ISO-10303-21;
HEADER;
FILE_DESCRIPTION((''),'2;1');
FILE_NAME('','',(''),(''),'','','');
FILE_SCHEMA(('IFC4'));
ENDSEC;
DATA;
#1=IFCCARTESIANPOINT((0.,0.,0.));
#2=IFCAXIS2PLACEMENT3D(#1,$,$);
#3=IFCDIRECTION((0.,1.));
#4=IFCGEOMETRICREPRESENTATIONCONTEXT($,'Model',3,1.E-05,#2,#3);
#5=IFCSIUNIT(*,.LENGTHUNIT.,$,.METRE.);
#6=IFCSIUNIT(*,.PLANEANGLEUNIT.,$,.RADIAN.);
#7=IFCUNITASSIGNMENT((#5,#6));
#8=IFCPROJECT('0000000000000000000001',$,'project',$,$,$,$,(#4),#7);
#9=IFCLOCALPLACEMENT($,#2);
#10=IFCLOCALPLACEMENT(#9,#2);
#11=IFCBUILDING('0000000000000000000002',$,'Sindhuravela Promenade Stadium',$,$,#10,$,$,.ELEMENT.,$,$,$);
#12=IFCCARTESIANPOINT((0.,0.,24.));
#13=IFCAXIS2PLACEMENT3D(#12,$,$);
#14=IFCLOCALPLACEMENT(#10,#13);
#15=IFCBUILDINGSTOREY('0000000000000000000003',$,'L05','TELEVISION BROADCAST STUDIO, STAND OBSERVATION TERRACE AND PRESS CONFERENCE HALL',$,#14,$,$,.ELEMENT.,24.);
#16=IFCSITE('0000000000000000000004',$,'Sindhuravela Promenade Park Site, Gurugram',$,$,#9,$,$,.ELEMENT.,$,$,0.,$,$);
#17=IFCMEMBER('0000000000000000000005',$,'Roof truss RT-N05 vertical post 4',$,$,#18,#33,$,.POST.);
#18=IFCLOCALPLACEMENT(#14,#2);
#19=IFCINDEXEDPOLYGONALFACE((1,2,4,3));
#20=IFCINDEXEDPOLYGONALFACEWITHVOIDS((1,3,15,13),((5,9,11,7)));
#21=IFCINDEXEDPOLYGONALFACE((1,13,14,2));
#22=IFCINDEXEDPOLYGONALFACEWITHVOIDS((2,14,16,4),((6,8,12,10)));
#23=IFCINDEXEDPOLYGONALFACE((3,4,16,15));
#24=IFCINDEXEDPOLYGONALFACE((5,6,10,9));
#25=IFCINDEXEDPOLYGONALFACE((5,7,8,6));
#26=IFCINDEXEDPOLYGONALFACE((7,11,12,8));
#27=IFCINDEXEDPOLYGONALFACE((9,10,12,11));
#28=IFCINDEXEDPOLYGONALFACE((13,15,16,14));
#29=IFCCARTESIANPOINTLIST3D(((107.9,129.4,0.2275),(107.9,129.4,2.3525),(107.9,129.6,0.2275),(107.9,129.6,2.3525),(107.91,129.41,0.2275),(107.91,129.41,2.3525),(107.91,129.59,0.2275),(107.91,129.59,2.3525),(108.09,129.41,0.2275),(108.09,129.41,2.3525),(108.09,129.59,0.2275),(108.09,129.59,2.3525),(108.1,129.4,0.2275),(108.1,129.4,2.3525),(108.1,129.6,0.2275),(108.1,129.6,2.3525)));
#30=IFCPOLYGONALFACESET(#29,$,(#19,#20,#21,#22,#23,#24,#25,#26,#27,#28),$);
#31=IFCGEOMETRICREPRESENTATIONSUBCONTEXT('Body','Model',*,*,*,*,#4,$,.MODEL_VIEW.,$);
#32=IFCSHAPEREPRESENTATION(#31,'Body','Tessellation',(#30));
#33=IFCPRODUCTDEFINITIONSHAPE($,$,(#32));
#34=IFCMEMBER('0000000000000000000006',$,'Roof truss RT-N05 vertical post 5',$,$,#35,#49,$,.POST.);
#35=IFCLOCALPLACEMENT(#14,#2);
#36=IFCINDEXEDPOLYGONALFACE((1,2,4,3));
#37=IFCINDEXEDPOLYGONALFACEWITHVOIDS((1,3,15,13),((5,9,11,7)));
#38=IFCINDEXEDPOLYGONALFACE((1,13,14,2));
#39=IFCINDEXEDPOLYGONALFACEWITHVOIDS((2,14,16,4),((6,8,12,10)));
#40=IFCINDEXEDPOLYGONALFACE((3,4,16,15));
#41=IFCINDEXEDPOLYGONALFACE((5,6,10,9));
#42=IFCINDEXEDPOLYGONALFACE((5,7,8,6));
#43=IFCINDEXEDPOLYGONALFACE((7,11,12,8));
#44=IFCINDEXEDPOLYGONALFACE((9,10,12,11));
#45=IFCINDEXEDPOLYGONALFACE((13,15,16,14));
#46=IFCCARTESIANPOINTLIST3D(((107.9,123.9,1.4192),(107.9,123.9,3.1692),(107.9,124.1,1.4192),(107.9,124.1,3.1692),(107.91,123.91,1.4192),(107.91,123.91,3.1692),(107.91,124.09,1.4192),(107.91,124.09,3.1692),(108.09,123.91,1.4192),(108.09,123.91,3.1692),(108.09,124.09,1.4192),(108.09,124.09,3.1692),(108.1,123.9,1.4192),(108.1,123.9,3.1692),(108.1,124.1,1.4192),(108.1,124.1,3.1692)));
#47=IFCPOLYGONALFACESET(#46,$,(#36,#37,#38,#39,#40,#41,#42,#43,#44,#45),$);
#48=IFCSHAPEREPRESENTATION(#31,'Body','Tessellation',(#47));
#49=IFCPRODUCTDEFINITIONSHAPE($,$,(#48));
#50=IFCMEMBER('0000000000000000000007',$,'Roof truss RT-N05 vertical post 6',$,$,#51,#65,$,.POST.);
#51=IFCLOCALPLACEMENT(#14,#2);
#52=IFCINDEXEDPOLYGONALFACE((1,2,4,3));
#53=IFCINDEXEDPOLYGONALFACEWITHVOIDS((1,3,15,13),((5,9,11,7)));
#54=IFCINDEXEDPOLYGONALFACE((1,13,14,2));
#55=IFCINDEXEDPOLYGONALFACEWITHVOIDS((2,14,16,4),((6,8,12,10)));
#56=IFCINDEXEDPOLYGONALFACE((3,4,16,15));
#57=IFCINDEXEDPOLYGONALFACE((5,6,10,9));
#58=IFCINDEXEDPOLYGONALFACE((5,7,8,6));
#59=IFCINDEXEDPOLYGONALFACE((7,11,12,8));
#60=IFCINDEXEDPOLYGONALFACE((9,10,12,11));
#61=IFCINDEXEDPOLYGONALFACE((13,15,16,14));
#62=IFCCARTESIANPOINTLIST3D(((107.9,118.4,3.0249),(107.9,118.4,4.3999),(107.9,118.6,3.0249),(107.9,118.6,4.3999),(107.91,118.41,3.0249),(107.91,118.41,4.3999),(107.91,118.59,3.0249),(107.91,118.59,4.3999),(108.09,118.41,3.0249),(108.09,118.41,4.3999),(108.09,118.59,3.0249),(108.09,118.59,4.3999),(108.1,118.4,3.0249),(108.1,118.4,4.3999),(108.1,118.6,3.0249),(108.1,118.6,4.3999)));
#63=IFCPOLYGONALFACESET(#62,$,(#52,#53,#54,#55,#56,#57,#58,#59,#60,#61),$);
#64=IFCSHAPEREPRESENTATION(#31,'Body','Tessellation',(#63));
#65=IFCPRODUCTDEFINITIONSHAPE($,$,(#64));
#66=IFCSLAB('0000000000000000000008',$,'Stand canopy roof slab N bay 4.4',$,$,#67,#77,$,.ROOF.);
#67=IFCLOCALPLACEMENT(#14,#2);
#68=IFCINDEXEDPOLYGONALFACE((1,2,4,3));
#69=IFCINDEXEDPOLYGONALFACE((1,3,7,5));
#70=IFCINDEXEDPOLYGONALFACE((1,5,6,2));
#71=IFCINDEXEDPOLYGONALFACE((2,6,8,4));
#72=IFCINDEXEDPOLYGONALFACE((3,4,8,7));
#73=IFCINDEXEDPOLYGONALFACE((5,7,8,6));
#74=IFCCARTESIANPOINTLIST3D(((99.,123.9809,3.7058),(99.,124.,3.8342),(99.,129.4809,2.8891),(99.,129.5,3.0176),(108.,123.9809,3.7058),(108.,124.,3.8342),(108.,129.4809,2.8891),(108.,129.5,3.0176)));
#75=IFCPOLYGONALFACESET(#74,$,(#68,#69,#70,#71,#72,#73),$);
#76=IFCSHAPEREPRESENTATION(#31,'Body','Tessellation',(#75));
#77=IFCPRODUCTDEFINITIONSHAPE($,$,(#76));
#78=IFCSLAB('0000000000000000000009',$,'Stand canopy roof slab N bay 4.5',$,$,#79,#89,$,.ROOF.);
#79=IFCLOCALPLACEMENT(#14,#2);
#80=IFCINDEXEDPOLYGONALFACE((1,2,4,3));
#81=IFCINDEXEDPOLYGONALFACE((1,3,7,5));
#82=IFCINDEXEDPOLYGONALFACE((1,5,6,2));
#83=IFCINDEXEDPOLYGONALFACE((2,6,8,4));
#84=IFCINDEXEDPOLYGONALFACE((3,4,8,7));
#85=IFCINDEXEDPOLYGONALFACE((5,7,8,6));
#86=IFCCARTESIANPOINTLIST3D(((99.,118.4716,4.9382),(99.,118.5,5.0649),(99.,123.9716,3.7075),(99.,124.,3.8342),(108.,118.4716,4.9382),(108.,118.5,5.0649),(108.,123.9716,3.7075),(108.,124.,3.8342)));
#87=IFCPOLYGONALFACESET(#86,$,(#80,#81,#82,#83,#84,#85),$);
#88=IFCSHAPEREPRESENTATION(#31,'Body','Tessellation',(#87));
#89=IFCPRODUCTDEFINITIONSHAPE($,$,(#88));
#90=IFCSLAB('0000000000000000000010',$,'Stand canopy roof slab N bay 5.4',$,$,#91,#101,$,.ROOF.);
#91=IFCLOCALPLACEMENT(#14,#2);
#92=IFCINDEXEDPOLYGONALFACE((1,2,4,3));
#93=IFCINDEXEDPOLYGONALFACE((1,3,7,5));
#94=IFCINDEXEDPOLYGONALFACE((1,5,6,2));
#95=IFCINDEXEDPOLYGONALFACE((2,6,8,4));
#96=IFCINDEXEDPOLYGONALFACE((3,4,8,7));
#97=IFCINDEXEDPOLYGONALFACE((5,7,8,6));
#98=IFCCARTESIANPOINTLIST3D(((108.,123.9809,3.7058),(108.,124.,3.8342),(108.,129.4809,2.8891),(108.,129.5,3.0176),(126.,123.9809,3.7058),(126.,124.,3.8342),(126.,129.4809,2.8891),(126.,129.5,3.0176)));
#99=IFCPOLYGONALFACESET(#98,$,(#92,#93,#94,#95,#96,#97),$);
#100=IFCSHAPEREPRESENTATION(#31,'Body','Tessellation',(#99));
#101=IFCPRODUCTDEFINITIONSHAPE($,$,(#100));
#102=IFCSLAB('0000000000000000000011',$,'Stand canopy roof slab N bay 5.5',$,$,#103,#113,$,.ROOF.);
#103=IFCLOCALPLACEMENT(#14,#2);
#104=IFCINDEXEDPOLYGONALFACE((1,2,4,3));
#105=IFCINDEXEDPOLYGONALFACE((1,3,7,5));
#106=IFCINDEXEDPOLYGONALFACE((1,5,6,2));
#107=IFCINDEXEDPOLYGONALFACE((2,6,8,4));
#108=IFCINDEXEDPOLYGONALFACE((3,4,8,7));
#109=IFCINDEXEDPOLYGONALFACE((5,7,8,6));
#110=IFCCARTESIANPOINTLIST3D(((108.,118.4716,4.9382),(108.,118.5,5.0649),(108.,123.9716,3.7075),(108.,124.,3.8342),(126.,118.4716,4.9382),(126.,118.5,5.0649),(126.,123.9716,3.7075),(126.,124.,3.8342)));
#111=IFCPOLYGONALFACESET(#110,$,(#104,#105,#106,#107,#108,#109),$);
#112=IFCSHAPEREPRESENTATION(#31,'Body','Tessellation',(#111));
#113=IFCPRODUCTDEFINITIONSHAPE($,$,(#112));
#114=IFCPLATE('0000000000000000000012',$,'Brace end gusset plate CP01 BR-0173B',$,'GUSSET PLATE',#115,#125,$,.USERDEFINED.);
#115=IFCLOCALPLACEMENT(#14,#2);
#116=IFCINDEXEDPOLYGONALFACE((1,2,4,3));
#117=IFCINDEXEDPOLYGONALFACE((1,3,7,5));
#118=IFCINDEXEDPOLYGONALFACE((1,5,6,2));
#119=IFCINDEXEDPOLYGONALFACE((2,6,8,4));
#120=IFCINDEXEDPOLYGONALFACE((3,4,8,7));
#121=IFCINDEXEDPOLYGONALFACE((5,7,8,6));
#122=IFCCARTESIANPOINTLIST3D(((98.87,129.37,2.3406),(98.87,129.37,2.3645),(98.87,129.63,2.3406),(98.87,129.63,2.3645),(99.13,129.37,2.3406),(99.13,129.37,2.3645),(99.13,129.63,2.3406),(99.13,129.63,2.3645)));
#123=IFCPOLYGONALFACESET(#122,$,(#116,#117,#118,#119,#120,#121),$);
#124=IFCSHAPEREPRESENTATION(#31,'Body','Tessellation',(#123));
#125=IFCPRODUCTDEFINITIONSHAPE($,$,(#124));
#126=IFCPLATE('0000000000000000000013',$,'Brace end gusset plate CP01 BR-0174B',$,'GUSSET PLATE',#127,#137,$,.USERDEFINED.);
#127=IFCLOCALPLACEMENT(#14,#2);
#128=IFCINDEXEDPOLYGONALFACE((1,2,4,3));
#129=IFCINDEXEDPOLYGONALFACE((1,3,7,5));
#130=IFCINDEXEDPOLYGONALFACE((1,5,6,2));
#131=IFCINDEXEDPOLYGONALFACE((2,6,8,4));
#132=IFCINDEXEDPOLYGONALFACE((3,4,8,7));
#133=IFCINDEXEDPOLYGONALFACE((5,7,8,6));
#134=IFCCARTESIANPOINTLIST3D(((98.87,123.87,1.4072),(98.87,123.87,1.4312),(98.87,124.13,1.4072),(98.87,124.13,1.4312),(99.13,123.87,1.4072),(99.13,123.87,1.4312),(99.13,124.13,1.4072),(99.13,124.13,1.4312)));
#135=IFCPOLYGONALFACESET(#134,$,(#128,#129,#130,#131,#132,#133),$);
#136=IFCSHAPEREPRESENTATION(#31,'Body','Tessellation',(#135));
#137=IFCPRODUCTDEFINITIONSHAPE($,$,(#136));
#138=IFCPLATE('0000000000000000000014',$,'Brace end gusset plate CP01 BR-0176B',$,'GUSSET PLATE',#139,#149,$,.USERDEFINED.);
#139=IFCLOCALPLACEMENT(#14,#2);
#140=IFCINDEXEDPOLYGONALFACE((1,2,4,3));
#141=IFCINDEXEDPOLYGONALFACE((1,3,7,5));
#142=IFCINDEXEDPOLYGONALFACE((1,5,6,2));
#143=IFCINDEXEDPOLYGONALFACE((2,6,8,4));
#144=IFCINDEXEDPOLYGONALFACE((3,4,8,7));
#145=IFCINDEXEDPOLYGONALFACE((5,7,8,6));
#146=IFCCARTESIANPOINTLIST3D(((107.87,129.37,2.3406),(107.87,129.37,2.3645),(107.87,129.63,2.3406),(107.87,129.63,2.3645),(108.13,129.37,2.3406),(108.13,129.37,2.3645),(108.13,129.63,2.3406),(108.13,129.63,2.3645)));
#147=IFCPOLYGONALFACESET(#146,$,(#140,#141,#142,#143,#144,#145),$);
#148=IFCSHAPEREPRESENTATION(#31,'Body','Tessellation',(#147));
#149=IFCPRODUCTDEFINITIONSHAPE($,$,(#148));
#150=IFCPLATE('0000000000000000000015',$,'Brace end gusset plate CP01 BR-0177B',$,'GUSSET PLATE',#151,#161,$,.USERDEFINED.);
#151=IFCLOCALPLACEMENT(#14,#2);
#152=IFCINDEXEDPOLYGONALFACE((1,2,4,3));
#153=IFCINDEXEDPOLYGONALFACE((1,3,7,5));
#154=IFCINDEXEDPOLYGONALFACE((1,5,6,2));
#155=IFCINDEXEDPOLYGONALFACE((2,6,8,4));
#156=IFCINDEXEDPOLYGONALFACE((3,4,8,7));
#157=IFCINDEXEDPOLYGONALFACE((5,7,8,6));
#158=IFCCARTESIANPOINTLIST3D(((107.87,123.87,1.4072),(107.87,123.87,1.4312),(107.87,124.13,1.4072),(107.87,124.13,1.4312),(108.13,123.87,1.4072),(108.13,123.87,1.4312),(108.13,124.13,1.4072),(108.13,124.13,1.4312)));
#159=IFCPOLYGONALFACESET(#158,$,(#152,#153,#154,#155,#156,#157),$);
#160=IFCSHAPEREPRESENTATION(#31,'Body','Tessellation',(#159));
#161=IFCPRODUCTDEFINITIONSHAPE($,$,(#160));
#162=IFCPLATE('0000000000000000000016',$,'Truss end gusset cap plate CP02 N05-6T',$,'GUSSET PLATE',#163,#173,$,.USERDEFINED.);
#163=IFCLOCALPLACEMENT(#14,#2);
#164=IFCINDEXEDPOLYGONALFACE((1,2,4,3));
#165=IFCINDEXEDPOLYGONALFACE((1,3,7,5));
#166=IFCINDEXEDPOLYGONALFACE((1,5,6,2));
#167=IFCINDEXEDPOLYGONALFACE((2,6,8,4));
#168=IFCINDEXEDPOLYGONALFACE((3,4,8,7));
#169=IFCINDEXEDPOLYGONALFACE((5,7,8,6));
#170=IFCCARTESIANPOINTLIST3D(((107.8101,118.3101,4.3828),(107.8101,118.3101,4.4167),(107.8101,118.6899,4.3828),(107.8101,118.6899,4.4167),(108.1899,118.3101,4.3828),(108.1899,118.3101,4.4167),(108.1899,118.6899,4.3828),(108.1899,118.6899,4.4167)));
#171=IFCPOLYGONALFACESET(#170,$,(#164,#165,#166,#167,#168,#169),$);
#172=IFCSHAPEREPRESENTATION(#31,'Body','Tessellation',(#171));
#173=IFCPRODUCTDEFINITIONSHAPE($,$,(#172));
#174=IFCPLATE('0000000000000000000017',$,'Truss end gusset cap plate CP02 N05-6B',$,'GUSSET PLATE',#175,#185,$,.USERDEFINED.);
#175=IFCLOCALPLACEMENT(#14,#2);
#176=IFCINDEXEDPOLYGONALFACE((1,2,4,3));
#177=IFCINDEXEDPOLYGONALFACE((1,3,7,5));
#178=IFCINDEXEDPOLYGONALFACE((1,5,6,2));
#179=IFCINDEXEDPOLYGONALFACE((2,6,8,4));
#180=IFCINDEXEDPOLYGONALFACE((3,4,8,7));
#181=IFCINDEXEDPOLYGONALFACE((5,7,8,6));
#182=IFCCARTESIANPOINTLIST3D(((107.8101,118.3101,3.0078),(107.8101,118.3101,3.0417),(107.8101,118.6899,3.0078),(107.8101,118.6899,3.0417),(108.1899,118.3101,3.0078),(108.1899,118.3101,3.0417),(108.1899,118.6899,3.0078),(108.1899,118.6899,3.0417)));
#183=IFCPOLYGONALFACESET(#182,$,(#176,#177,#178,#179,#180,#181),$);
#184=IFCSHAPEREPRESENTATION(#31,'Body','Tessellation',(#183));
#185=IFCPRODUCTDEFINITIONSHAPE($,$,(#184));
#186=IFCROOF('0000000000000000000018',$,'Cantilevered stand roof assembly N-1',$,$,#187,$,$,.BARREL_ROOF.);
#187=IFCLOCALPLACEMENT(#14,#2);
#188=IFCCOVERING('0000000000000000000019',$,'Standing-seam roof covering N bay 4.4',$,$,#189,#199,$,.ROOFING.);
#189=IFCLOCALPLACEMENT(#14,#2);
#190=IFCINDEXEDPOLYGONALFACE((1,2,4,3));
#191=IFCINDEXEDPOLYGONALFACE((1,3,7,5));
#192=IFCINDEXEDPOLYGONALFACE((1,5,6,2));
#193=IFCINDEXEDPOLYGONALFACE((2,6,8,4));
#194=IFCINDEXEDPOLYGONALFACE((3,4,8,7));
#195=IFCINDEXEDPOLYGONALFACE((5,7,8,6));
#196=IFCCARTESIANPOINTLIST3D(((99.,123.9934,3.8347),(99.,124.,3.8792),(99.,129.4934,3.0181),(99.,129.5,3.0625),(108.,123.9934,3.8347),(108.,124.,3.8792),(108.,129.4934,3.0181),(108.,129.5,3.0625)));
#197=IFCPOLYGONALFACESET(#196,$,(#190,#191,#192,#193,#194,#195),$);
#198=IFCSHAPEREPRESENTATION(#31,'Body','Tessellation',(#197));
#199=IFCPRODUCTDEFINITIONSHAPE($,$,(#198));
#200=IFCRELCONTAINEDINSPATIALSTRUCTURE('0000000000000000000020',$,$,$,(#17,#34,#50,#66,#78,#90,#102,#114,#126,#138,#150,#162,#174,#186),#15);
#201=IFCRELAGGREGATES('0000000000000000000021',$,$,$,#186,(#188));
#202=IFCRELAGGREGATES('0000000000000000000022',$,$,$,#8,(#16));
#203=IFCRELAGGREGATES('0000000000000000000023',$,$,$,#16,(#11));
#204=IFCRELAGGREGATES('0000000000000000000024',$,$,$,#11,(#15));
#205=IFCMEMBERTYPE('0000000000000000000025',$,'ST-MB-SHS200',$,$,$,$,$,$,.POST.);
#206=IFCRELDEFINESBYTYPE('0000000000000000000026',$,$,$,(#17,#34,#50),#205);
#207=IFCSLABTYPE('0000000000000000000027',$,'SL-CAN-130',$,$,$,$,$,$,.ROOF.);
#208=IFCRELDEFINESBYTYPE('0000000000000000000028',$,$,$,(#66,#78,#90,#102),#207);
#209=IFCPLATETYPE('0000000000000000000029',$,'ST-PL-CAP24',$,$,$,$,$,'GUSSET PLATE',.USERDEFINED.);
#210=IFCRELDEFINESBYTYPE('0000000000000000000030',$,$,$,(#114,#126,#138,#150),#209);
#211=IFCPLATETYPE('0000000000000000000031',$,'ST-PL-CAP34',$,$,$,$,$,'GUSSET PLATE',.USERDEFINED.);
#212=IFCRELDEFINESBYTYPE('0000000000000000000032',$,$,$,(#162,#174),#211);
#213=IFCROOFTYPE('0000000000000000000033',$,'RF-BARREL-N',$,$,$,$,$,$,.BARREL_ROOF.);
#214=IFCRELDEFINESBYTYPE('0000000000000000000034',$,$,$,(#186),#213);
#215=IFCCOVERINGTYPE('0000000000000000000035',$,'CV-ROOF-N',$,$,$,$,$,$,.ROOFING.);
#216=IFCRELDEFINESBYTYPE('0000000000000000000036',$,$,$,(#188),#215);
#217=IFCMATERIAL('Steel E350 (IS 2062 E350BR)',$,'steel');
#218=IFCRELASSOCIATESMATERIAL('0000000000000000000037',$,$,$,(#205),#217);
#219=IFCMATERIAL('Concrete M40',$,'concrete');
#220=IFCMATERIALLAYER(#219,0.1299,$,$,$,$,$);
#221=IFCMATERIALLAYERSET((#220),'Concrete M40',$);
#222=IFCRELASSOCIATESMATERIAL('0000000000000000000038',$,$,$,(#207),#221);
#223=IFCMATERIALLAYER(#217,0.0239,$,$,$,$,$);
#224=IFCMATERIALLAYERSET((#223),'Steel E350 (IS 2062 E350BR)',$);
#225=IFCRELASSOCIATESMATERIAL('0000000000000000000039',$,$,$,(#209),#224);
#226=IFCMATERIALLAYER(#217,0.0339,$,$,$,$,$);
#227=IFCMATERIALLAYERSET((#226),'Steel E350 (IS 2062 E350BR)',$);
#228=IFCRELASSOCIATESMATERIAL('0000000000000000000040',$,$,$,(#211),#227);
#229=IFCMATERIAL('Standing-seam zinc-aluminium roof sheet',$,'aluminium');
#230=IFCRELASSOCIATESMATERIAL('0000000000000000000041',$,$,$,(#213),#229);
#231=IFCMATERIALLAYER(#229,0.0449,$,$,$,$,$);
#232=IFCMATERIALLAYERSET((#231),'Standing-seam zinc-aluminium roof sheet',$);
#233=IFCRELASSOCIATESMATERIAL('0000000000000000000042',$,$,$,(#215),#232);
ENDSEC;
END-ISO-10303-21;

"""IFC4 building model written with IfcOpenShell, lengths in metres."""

from ifc_helpers import new_model, si_unit, direction, frame, origin, origin_2d, place, context, subcontext, project, spatial, polyline, rectangle, hollow_rectangle, outline, extrude, material, layer, layer_set, material_profile, profile_set, type_object, element, aggregate, save


model = new_model("IFC4")

# Units and contexts
model_context = context("Model", 3, precision=1e-05, world=origin(), true_north=direction((0.0, 1.0)))
body_context = subcontext(model_context, "Body", "Model", "MODEL_VIEW")
ifc_project = project(units=[si_unit("LENGTHUNIT", "METRE"), si_unit("PLANEANGLEUNIT", "RADIAN")], contexts=[model_context])

# Site, building, storey
site_placement = place(None, origin())
site = spatial("IfcSite", under=ifc_project, at=site_placement, Name="Sindhuravela Promenade Park Site, Gurugram", CompositionType="ELEMENT", RefElevation=0.0)
building_placement = place(site_placement, origin())
building = spatial("IfcBuilding", under=site, at=building_placement, Name="Sindhuravela Promenade Stadium", CompositionType="ELEMENT")
storey_placement = place(building_placement, frame((0.0, 0.0, 24.0)))
storey = spatial("IfcBuildingStorey", under=building, at=storey_placement, Name="L05", Description="TELEVISION BROADCAST STUDIO, STAND OBSERVATION TERRACE AND PRESS CONFERENCE HALL", CompositionType="ELEMENT", Elevation=24.0)

# Shared definitions
ifc_material_1 = material(Name="Steel E350 (IS 2062 E350BR)", Category="steel")

# Members
ifc_material_profile_1 = material_profile(ifc_material_1, hollow_rectangle(XDim=0.2, YDim=0.2, WallThickness=0.01, at=origin_2d()), Name="SHS 200x200x10")
ifc_profile_set_1 = profile_set([ifc_material_profile_1], Name="Steel E350 (IS 2062 E350BR)")
member_type_1 = type_object("IfcMemberType", Name="ST-MB-SHS200", PredefinedType="POST", material=ifc_profile_set_1)
for number, where, z_axis, x_axis, name in (
    (1, (108.0, 129.5, 0.2275), (0.0, 0.0, 1.0), (1.0, 0.0, 0.0), "Roof truss RT-N05 vertical post 4"),
):
    element("IfcMember", number, at=place(storey_placement, frame(where, z_axis=z_axis, x_axis=x_axis)), inside=storey, type_object=member_type_1, Name=name, PredefinedType="POST", context=body_context, shape_type="SweptSolid", body=[
        extrude(hollow_rectangle(XDim=0.2, YDim=0.2, WallThickness=0.01, at=origin_2d()), origin(), (0.0, 0.0, 1.0), 2.125),
    ])
member_1_placement = place(storey_placement, frame((108.0, 124.0, 1.4192), z_axis=(0.0, 0.0, 1.0), x_axis=(1.0, 0.0, 0.0)))
element("IfcMember", 2, at=member_1_placement, inside=storey, type_object=member_type_1, Name="Roof truss RT-N05 vertical post 5", PredefinedType="POST", context=body_context, shape_type="SweptSolid", body=[
    extrude(hollow_rectangle(XDim=0.2, YDim=0.2, WallThickness=0.01, at=origin_2d()), origin(), (0.0, 0.0, 1.0), 1.75),
])
member_2_placement = place(storey_placement, frame((108.0, 118.5, 3.0249), z_axis=(0.0, 0.0, 1.0), x_axis=(1.0, 0.0, 0.0)))
element("IfcMember", 3, at=member_2_placement, inside=storey, type_object=member_type_1, Name="Roof truss RT-N05 vertical post 6", PredefinedType="POST", context=body_context, shape_type="SweptSolid", body=[
    extrude(hollow_rectangle(XDim=0.2, YDim=0.2, WallThickness=0.01, at=origin_2d()), origin(), (0.0, 0.0, 1.0), 1.375),
])

# Slabs
ifc_material_2 = material(Name="Concrete M40", Category="concrete")
ifc_layer_1 = layer(ifc_material_2, 0.1299)
ifc_layer_set_1 = layer_set([ifc_layer_1], Name="Concrete M40")
slab_type = type_object("IfcSlabType", Name="SL-CAN-130", PredefinedType="ROOF", material=ifc_layer_set_1)
slab_1_placement = place(storey_placement, frame((99.0, 129.5, 3.0176), z_axis=(0.0, 0.146872, 0.989156), x_axis=(1.0, 0.0, 0.0)))
element("IfcSlab", 4, at=slab_1_placement, inside=storey, type_object=slab_type, Name="Stand canopy roof slab N bay 4.4", PredefinedType="ROOF", context=body_context, shape_type="SweptSolid", body=[
    extrude(outline(polyline([(0.0, 0.0), (0.0, -5.5603), (9.0, -5.5603), (9.0, 0.0), (0.0, 0.0)])), origin(), (0.0, 0.0, -1.0), 0.1299),
])
slab_2_placement = place(storey_placement, frame((99.0, 124.0, 3.8342), z_axis=(0.0, 0.218366, 0.975867), x_axis=(1.0, 0.0, 0.0)))
element("IfcSlab", 5, at=slab_2_placement, inside=storey, type_object=slab_type, Name="Stand canopy roof slab N bay 4.5", PredefinedType="ROOF", context=body_context, shape_type="SweptSolid", body=[
    extrude(outline(polyline([(0.0, 0.0), (0.0, -5.636), (9.0, -5.636), (9.0, 0.0), (0.0, 0.0)])), origin(), (0.0, 0.0, -1.0), 0.1299),
])
slab_3_placement = place(storey_placement, frame((108.0, 129.5, 3.0176), z_axis=(0.0, 0.146872, 0.989156), x_axis=(1.0, 0.0, 0.0)))
element("IfcSlab", 6, at=slab_3_placement, inside=storey, type_object=slab_type, Name="Stand canopy roof slab N bay 5.4", PredefinedType="ROOF", context=body_context, shape_type="SweptSolid", body=[
    extrude(outline(polyline([(0.0, 0.0), (0.0, -5.5603), (18.0, -5.5603), (18.0, 0.0), (0.0, 0.0)])), origin(), (0.0, 0.0, -1.0), 0.1299),
])
slab_4_placement = place(storey_placement, frame((108.0, 124.0, 3.8342), z_axis=(0.0, 0.218366, 0.975867), x_axis=(1.0, 0.0, 0.0)))
element("IfcSlab", 7, at=slab_4_placement, inside=storey, type_object=slab_type, Name="Stand canopy roof slab N bay 5.5", PredefinedType="ROOF", context=body_context, shape_type="SweptSolid", body=[
    extrude(outline(polyline([(0.0, 0.0), (0.0, -5.636), (18.0, -5.636), (18.0, 0.0), (0.0, 0.0)])), origin(), (0.0, 0.0, -1.0), 0.1299),
])

# Plates
ifc_layer_2 = layer(ifc_material_1, 0.0239)
ifc_layer_set_2 = layer_set([ifc_layer_2], Name="Steel E350 (IS 2062 E350BR)")
plate_type_1 = type_object("IfcPlateType", Name="ST-PL-CAP24", ElementType="GUSSET PLATE", PredefinedType="USERDEFINED", material=ifc_layer_set_2)
for number, where, z_axis, x_axis, name in (
    (8, (99.0, 129.5, 2.3406), (0.0, 0.0, 1.0), (1.0, 0.0, 0.0), "Brace end gusset plate CP01 BR-0173B"),
    (9, (99.0, 124.0, 1.4072), (0.0, 0.0, 1.0), (1.0, 0.0, 0.0), "Brace end gusset plate CP01 BR-0174B"),
    (10, (108.0, 129.5, 2.3406), (0.0, 0.0, 1.0), (1.0, 0.0, 0.0), "Brace end gusset plate CP01 BR-0176B"),
    (11, (108.0, 124.0, 1.4072), (0.0, 0.0, 1.0), (1.0, 0.0, 0.0), "Brace end gusset plate CP01 BR-0177B"),
):
    element("IfcPlate", number, at=place(storey_placement, frame(where, z_axis=z_axis, x_axis=x_axis)), inside=storey, type_object=plate_type_1, Name=name, ObjectType="GUSSET PLATE", PredefinedType="USERDEFINED", context=body_context, shape_type="SweptSolid", body=[
        extrude(rectangle(XDim=0.26, YDim=0.26, at=origin_2d()), origin(), (0.0, 0.0, 1.0), 0.0239),
    ])
ifc_layer_3 = layer(ifc_material_1, 0.0339)
ifc_layer_set_3 = layer_set([ifc_layer_3], Name="Steel E350 (IS 2062 E350BR)")
plate_type_2 = type_object("IfcPlateType", Name="ST-PL-CAP34", ElementType="GUSSET PLATE", PredefinedType="USERDEFINED", material=ifc_layer_set_3)
for number, where, z_axis, x_axis, name in (
    (12, (108.0, 118.5, 4.3828), (0.0, 0.0, 1.0), (1.0, 0.0, 0.0), "Truss end gusset cap plate CP02 N05-6T"),
    (13, (108.0, 118.5, 3.0078), (0.0, 0.0, 1.0), (1.0, 0.0, 0.0), "Truss end gusset cap plate CP02 N05-6B"),
):
    element("IfcPlate", number, at=place(storey_placement, frame(where, z_axis=z_axis, x_axis=x_axis)), inside=storey, type_object=plate_type_2, Name=name, ObjectType="GUSSET PLATE", PredefinedType="USERDEFINED", context=body_context, shape_type="SweptSolid", body=[
        extrude(rectangle(XDim=0.3799, YDim=0.3799, at=origin_2d()), origin(), (0.0, 0.0, 1.0), 0.0339),
    ])

# Roof, covering
ifc_material_3 = material(Name="Standing-seam zinc-aluminium roof sheet", Category="aluminium")
roof_type = type_object("IfcRoofType", Name="RF-BARREL-N", PredefinedType="BARREL_ROOF", material=ifc_material_3)
roof_1_placement = place(storey_placement, origin())
roof_1 = element("IfcRoof", 14, at=roof_1_placement, inside=storey, type_object=roof_type, Name="Cantilevered stand roof assembly N-1", PredefinedType="BARREL_ROOF")
ifc_layer_4 = layer(ifc_material_3, 0.0449)
ifc_layer_set_4 = layer_set([ifc_layer_4], Name="Standing-seam zinc-aluminium roof sheet")
covering_type_1 = type_object("IfcCoveringType", Name="CV-ROOF-N", PredefinedType="ROOFING", material=ifc_layer_set_4)
covering_1_placement = place(storey_placement, frame((99.0, 129.5, 3.0625), z_axis=(0.0, 0.146872, 0.989156), x_axis=(1.0, 0.0, 0.0)))
covering_1 = element("IfcCovering", 15, at=covering_1_placement, type_object=covering_type_1, Name="Standing-seam roof covering N bay 4.4", PredefinedType="ROOFING", context=body_context, shape_type="SweptSolid", body=[
    extrude(outline(polyline([(0.0, 0.0), (0.0, -5.5603), (9.0, -5.5603), (9.0, 0.0), (0.0, 0.0)])), origin(), (0.0, 0.0, -1.0), 0.0449),
])
aggregate(roof_1, [covering_1])

save(model, "model.ifc")
